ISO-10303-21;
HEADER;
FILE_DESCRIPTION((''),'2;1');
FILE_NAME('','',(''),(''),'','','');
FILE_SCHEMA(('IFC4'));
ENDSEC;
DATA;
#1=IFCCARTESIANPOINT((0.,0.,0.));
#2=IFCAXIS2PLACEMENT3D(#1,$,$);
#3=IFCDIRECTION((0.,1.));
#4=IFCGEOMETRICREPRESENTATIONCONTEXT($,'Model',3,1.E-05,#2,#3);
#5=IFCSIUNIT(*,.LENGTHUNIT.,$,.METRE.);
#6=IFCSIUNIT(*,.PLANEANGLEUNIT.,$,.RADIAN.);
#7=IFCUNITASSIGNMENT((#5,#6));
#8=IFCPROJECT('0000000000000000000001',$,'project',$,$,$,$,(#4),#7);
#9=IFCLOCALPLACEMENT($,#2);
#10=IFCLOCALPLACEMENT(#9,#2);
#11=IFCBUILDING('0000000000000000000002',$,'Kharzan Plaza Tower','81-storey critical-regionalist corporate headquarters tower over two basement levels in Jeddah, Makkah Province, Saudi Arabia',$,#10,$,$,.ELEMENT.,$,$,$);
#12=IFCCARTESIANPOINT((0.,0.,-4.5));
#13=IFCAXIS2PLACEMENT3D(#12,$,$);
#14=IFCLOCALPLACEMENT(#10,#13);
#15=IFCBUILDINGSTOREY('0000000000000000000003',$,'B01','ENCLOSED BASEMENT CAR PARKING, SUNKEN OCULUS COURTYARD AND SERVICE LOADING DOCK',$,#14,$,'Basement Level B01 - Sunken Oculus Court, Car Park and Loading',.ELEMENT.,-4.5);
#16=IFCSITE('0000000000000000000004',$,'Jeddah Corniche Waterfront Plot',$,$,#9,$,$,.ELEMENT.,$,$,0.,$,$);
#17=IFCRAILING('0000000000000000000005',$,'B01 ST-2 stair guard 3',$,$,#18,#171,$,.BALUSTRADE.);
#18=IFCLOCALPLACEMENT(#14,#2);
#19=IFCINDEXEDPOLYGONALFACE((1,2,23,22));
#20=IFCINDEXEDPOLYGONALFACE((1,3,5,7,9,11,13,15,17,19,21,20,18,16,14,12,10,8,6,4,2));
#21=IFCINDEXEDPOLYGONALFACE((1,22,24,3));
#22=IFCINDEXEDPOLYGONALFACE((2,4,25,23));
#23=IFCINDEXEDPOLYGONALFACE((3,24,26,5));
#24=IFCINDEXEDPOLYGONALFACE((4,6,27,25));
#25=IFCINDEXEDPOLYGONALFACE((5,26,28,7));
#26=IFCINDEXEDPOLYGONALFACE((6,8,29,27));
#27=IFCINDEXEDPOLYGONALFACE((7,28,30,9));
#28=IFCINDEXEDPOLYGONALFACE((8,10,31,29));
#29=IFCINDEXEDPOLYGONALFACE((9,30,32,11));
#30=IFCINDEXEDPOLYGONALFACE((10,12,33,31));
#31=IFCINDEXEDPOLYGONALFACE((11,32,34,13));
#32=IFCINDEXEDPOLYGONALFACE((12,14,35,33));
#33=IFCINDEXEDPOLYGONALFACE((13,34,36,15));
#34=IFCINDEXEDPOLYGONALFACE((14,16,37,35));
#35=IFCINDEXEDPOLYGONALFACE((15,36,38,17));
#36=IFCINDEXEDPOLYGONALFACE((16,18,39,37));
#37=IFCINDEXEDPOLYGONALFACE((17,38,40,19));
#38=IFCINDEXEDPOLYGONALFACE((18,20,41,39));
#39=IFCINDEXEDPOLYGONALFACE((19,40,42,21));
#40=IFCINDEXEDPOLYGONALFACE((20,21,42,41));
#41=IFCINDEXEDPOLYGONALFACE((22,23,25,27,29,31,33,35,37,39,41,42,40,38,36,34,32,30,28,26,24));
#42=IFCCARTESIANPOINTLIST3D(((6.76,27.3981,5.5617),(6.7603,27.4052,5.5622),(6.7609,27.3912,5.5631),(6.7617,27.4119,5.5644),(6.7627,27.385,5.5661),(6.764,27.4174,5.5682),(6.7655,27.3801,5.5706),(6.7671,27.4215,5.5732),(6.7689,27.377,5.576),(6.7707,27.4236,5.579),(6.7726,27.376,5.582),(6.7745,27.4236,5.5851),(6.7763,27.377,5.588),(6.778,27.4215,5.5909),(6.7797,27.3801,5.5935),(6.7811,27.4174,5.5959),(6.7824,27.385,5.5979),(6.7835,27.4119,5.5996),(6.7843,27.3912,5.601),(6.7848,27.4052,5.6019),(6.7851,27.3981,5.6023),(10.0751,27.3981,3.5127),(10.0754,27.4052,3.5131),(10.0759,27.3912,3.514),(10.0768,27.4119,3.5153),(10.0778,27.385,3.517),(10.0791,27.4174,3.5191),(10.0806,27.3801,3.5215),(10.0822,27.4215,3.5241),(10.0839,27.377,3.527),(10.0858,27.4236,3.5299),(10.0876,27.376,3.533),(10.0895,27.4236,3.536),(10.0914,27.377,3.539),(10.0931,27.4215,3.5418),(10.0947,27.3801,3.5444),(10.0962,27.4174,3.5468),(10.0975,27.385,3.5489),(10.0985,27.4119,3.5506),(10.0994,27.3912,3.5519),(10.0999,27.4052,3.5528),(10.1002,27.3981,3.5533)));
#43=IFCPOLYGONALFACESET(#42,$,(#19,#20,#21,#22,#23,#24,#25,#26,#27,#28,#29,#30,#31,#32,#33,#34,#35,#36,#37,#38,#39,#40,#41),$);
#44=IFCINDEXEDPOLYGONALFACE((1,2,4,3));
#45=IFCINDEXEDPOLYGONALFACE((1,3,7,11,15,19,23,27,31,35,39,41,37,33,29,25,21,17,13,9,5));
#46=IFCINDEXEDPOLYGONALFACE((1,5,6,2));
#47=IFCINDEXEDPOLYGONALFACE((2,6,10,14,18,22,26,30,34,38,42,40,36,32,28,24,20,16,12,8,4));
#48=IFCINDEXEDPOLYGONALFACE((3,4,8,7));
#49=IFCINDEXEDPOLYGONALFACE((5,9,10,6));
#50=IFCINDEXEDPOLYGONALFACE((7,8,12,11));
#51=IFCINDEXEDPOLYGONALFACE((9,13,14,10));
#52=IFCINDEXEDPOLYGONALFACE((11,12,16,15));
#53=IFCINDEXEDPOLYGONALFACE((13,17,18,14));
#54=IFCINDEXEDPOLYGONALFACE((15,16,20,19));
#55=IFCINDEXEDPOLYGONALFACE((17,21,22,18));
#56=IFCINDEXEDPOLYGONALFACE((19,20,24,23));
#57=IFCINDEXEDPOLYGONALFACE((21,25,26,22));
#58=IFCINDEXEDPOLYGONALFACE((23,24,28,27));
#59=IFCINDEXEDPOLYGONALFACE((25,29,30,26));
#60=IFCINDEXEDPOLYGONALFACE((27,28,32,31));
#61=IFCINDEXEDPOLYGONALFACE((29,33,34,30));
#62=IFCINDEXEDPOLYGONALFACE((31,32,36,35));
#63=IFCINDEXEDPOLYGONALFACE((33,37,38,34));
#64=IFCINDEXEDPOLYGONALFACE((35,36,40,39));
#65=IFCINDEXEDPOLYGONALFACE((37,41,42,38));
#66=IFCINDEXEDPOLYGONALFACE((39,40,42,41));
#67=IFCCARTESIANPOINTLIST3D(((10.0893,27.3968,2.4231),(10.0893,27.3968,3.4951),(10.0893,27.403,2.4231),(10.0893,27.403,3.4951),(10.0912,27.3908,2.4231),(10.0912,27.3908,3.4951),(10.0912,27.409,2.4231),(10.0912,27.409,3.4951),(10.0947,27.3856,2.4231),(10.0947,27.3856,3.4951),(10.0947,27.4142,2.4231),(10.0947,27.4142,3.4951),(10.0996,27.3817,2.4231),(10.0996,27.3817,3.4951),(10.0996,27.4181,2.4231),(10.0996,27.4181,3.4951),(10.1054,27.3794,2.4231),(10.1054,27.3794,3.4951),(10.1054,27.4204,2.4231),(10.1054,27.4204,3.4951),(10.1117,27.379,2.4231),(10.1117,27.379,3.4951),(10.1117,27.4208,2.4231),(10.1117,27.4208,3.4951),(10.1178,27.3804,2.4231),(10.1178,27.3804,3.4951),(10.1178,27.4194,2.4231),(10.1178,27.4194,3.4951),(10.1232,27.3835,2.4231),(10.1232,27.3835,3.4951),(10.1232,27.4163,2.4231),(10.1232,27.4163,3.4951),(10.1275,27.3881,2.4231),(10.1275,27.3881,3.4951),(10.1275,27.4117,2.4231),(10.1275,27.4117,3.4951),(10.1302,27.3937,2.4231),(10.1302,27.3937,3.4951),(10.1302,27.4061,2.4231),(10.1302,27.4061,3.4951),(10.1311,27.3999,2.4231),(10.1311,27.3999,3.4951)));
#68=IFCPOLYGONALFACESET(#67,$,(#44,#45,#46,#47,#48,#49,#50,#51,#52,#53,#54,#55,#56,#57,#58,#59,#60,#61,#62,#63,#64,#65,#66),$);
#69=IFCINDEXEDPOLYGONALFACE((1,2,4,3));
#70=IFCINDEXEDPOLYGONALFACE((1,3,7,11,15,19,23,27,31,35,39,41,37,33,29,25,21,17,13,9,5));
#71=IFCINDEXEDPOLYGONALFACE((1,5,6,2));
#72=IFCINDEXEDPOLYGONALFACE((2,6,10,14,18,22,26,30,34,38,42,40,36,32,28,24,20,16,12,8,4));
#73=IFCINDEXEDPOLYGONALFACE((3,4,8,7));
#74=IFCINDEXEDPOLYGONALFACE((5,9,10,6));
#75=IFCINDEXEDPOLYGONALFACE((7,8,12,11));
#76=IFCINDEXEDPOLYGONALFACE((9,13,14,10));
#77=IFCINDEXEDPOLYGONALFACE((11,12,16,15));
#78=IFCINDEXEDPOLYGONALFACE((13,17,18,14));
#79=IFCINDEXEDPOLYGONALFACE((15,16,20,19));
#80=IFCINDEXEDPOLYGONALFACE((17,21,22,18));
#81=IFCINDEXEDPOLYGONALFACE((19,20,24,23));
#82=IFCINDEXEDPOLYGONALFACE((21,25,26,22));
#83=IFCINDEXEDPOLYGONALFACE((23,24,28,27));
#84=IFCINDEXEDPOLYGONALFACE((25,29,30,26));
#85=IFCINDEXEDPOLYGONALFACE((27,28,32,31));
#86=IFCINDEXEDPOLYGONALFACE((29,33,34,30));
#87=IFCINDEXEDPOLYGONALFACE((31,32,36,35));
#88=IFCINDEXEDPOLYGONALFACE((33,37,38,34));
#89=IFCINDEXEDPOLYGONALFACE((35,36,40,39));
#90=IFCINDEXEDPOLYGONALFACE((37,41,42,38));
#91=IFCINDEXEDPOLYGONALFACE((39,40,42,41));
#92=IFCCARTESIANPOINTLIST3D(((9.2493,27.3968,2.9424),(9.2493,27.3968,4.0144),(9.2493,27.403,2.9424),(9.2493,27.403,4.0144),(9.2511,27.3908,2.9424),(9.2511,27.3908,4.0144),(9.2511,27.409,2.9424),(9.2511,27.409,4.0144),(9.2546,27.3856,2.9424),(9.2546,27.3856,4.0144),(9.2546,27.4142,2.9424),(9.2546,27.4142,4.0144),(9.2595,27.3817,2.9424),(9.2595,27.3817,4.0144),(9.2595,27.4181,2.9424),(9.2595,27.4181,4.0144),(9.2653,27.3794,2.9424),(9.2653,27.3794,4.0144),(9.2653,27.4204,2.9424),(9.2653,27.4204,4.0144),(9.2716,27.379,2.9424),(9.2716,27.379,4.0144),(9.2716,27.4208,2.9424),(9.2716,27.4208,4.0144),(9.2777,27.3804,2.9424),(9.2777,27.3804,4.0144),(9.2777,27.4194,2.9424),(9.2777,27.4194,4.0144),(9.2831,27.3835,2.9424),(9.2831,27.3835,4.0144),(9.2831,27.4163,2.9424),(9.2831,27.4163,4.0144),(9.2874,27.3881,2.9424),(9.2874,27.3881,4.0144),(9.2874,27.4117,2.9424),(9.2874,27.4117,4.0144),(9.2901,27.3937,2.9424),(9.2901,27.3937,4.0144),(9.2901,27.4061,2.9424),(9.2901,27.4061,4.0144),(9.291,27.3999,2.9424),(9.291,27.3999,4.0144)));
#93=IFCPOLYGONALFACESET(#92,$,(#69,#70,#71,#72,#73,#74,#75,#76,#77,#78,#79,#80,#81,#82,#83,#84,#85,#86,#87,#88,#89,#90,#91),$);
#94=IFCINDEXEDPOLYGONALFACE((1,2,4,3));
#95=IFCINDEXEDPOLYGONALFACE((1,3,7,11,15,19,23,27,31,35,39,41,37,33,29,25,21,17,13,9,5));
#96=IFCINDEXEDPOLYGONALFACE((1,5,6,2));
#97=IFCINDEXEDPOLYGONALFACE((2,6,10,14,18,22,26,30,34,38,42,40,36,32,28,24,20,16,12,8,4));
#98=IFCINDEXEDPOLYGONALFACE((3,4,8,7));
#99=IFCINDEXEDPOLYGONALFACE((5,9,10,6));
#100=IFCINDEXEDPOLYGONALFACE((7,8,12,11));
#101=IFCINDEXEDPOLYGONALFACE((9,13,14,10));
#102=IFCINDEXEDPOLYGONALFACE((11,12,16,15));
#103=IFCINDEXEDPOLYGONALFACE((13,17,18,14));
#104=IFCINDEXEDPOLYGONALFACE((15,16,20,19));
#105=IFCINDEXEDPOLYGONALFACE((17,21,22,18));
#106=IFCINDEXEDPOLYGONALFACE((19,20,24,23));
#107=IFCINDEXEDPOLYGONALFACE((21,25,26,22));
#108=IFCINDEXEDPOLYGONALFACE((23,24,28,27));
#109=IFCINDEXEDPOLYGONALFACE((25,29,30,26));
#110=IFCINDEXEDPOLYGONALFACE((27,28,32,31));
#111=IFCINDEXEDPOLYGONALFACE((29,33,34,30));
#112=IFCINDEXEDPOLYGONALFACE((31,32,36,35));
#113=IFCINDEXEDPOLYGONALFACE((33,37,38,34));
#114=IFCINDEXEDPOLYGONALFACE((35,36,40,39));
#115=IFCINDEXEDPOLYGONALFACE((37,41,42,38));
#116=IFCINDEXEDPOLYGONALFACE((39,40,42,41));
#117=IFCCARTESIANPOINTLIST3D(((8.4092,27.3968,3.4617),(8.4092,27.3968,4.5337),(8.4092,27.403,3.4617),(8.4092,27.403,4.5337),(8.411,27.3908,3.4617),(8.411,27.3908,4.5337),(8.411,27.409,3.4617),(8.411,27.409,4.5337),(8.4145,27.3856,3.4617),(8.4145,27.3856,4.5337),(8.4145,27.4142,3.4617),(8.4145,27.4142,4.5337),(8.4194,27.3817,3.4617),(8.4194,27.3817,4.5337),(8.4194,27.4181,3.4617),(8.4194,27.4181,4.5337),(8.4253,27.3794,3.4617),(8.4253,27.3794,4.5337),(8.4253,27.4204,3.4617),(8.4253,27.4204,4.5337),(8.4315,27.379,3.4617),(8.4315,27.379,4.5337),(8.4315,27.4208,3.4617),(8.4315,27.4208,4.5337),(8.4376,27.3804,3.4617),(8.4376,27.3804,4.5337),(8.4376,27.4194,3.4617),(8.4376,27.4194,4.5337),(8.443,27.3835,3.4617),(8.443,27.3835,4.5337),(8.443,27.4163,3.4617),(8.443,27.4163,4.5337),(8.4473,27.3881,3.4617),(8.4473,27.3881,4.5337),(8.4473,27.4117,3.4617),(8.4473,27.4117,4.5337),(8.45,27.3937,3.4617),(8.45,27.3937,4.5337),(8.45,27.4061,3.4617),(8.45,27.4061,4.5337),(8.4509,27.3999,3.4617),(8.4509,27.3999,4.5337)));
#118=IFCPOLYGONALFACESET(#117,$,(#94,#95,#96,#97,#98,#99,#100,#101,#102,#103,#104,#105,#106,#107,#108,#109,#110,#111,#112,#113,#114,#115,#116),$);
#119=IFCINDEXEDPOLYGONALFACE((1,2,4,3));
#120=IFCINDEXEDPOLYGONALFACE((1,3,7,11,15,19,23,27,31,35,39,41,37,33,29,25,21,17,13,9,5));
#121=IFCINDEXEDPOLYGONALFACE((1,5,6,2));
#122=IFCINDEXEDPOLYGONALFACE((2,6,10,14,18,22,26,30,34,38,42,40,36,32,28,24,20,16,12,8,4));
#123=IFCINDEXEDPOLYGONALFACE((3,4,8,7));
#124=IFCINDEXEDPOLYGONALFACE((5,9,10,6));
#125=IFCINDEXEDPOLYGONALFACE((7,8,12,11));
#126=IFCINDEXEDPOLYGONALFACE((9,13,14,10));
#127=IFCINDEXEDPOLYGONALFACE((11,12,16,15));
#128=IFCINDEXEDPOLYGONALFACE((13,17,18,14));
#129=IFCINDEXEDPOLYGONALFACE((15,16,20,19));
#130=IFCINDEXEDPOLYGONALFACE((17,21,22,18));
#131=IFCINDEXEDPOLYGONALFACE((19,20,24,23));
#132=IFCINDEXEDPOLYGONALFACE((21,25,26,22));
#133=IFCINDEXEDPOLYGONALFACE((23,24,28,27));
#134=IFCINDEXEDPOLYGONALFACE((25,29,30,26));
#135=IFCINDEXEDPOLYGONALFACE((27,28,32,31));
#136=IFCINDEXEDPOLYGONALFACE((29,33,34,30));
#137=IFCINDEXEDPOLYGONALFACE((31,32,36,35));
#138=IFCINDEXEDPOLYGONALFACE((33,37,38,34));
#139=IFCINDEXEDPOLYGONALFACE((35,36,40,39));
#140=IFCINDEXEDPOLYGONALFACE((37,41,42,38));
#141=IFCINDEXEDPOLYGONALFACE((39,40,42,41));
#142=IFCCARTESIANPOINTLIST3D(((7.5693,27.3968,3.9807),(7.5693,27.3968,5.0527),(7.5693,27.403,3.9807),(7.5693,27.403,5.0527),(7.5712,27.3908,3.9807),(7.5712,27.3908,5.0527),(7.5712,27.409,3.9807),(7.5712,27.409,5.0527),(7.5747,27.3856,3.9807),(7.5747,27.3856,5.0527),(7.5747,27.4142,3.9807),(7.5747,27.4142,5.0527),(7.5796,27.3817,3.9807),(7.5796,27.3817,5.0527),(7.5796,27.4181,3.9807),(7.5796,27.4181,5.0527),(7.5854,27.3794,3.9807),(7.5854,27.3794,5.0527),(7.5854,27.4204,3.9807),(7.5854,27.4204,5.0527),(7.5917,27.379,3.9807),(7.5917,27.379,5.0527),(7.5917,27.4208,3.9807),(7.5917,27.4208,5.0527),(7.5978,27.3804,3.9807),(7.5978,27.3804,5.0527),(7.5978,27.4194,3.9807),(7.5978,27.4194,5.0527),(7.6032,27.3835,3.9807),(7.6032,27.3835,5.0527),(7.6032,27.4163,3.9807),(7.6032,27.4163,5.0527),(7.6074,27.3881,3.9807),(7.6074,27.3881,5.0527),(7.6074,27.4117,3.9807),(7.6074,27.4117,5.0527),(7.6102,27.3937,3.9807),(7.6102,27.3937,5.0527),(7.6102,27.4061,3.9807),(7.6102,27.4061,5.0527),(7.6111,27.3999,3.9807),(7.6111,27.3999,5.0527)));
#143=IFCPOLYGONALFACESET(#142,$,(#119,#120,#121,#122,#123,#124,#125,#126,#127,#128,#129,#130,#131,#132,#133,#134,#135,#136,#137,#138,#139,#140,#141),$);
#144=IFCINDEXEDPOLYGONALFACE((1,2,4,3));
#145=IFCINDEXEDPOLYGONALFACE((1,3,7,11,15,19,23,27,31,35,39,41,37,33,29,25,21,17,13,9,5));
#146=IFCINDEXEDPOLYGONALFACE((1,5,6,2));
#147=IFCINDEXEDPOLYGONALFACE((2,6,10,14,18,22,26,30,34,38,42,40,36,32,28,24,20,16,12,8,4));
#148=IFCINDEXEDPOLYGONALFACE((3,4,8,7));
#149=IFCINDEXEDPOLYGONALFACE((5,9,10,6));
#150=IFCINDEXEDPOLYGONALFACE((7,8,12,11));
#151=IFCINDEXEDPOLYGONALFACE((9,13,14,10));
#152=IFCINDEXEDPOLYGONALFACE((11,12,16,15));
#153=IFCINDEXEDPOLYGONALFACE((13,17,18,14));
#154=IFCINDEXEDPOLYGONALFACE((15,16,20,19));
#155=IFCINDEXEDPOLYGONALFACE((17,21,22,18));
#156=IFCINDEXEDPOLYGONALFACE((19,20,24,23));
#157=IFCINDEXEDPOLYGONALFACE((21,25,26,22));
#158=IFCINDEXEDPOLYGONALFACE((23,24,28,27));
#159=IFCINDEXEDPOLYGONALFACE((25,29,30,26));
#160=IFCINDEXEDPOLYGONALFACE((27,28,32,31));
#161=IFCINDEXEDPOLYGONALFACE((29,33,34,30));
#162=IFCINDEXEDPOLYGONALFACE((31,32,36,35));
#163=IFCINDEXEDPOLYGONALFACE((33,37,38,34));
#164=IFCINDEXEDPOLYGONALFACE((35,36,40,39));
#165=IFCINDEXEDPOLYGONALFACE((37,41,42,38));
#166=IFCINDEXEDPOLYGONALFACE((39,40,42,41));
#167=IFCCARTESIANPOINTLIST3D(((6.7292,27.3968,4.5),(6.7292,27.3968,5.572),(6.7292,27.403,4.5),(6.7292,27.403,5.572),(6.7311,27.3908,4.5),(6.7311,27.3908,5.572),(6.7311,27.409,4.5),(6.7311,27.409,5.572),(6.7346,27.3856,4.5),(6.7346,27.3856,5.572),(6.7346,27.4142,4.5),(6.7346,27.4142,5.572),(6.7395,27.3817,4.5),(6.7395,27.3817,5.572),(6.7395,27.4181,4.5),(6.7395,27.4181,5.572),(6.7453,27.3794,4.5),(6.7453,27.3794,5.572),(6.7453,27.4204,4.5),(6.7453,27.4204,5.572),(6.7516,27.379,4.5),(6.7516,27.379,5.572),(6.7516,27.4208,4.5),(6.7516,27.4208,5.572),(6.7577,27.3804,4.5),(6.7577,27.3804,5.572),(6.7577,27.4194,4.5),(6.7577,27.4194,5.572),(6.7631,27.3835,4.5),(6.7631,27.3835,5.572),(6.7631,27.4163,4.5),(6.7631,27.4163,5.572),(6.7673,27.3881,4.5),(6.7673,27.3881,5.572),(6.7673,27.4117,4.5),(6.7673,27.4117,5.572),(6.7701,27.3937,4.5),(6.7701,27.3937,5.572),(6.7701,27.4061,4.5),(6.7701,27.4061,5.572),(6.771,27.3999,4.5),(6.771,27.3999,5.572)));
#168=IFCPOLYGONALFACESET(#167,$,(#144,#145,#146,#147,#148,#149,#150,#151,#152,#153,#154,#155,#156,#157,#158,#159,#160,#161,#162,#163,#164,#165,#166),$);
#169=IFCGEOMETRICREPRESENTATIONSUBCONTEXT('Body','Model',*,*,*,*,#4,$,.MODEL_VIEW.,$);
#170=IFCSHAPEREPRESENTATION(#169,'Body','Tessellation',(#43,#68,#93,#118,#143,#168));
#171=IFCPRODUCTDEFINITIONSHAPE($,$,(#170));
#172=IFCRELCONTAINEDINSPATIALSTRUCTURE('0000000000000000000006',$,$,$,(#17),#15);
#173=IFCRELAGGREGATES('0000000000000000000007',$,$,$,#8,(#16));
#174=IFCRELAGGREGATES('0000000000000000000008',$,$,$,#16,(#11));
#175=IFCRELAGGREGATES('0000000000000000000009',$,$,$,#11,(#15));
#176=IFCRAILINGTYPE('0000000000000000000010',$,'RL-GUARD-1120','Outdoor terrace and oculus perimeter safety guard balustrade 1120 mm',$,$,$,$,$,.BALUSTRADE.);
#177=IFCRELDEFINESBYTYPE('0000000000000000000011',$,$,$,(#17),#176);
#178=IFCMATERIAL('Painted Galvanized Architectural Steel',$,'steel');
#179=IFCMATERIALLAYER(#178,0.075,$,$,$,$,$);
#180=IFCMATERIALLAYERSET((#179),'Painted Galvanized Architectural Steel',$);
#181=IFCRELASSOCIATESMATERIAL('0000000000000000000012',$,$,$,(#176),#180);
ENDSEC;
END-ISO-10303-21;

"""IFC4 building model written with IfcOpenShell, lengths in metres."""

from ifc_helpers import new_model, si_unit, direction, frame, origin, origin_2d, place, context, subcontext, project, spatial, circle, extrude, source, transform, mapped, material, layer, layer_set, type_object, element, save


model = new_model("IFC4")

# Units and contexts
model_context = context("Model", 3, precision=1e-05, world=origin(), true_north=direction((0.0, 1.0)))
body_context = subcontext(model_context, "Body", "Model", "MODEL_VIEW")
ifc_project = project(units=[si_unit("LENGTHUNIT", "METRE"), si_unit("PLANEANGLEUNIT", "RADIAN")], contexts=[model_context])

# Site, building, storey
site_placement = place(None, origin())
site = spatial("IfcSite", under=ifc_project, at=site_placement, Name="Jeddah Corniche Waterfront Plot", CompositionType="ELEMENT", RefElevation=0.0)
building_placement = place(site_placement, origin())
building = spatial("IfcBuilding", under=site, at=building_placement, Name="Kharzan Plaza Tower", Description="81-storey critical-regionalist corporate headquarters tower over two basement levels in Jeddah, Makkah Province, Saudi Arabia", CompositionType="ELEMENT")
storey_placement = place(building_placement, frame((0.0, 0.0, -4.5)))
storey = spatial("IfcBuildingStorey", under=building, at=storey_placement, Name="B01", Description="ENCLOSED BASEMENT CAR PARKING, SUNKEN OCULUS COURTYARD AND SERVICE LOADING DOCK", LongName="Basement Level B01 - Sunken Oculus Court, Car Park and Loading", CompositionType="ELEMENT", Elevation=-4.5)

# Railing
ifc_material_1 = material(Name="Painted Galvanized Architectural Steel", Category="steel")
ifc_layer_1 = layer(ifc_material_1, 0.075)
ifc_layer_set_1 = layer_set([ifc_layer_1], Name="Painted Galvanized Architectural Steel")
railing_type_1 = type_object("IfcRailingType", Name="RL-GUARD-1120", Description="Outdoor terrace and oculus perimeter safety guard balustrade 1120 mm", PredefinedType="BALUSTRADE", material=ifc_layer_set_1)
shared_shape_1 = source(origin(), body_context, "Body", "SweptSolid", [
    extrude(circle(Radius=0.0239, at=origin_2d()), frame((-0.0225, 0.0, 1.1099), z_axis=(-0.850623, 0.0, 0.525776), x_axis=(0.0, -1.0, 0.0)), (0.0, 0.0, 1.0), 3.8972),
    extrude(circle(Radius=0.021, at=origin_2d()), origin(), (0.0, 0.0, 1.0), 1.072),
    extrude(circle(Radius=0.021, at=origin_2d()), frame((-0.8401, 0.0, 0.5193)), (0.0, 0.0, 1.0), 1.072),
    extrude(circle(Radius=0.021, at=origin_2d()), frame((-1.6802, 0.0, 1.0386)), (0.0, 0.0, 1.0), 1.072),
    extrude(circle(Radius=0.021, at=origin_2d()), frame((-2.52, 0.0, 1.5576)), (0.0, 0.0, 1.0), 1.072),
    extrude(circle(Radius=0.021, at=origin_2d()), frame((-3.3601, 0.0, 2.0769)), (0.0, 0.0, 1.0), 1.072),
])
railing_1_placement = place(storey_placement, frame((10.1101, 27.3999, 2.4231)))
element("IfcRailing", 1, at=railing_1_placement, inside=storey, type_object=railing_type_1, Name="B01 ST-2 stair guard 3", PredefinedType="BALUSTRADE", context=body_context, shape_type="MappedRepresentation", body=[
    mapped(shared_shape_1, transform((0.0, 0.0, 0.0), x_axis=(1.0, 0.0, 0.0), y_axis=(0.0, 1.0, 0.0), z_axis=(0.0, 0.0, 1.0))),
])

save(model, "model.ifc")
